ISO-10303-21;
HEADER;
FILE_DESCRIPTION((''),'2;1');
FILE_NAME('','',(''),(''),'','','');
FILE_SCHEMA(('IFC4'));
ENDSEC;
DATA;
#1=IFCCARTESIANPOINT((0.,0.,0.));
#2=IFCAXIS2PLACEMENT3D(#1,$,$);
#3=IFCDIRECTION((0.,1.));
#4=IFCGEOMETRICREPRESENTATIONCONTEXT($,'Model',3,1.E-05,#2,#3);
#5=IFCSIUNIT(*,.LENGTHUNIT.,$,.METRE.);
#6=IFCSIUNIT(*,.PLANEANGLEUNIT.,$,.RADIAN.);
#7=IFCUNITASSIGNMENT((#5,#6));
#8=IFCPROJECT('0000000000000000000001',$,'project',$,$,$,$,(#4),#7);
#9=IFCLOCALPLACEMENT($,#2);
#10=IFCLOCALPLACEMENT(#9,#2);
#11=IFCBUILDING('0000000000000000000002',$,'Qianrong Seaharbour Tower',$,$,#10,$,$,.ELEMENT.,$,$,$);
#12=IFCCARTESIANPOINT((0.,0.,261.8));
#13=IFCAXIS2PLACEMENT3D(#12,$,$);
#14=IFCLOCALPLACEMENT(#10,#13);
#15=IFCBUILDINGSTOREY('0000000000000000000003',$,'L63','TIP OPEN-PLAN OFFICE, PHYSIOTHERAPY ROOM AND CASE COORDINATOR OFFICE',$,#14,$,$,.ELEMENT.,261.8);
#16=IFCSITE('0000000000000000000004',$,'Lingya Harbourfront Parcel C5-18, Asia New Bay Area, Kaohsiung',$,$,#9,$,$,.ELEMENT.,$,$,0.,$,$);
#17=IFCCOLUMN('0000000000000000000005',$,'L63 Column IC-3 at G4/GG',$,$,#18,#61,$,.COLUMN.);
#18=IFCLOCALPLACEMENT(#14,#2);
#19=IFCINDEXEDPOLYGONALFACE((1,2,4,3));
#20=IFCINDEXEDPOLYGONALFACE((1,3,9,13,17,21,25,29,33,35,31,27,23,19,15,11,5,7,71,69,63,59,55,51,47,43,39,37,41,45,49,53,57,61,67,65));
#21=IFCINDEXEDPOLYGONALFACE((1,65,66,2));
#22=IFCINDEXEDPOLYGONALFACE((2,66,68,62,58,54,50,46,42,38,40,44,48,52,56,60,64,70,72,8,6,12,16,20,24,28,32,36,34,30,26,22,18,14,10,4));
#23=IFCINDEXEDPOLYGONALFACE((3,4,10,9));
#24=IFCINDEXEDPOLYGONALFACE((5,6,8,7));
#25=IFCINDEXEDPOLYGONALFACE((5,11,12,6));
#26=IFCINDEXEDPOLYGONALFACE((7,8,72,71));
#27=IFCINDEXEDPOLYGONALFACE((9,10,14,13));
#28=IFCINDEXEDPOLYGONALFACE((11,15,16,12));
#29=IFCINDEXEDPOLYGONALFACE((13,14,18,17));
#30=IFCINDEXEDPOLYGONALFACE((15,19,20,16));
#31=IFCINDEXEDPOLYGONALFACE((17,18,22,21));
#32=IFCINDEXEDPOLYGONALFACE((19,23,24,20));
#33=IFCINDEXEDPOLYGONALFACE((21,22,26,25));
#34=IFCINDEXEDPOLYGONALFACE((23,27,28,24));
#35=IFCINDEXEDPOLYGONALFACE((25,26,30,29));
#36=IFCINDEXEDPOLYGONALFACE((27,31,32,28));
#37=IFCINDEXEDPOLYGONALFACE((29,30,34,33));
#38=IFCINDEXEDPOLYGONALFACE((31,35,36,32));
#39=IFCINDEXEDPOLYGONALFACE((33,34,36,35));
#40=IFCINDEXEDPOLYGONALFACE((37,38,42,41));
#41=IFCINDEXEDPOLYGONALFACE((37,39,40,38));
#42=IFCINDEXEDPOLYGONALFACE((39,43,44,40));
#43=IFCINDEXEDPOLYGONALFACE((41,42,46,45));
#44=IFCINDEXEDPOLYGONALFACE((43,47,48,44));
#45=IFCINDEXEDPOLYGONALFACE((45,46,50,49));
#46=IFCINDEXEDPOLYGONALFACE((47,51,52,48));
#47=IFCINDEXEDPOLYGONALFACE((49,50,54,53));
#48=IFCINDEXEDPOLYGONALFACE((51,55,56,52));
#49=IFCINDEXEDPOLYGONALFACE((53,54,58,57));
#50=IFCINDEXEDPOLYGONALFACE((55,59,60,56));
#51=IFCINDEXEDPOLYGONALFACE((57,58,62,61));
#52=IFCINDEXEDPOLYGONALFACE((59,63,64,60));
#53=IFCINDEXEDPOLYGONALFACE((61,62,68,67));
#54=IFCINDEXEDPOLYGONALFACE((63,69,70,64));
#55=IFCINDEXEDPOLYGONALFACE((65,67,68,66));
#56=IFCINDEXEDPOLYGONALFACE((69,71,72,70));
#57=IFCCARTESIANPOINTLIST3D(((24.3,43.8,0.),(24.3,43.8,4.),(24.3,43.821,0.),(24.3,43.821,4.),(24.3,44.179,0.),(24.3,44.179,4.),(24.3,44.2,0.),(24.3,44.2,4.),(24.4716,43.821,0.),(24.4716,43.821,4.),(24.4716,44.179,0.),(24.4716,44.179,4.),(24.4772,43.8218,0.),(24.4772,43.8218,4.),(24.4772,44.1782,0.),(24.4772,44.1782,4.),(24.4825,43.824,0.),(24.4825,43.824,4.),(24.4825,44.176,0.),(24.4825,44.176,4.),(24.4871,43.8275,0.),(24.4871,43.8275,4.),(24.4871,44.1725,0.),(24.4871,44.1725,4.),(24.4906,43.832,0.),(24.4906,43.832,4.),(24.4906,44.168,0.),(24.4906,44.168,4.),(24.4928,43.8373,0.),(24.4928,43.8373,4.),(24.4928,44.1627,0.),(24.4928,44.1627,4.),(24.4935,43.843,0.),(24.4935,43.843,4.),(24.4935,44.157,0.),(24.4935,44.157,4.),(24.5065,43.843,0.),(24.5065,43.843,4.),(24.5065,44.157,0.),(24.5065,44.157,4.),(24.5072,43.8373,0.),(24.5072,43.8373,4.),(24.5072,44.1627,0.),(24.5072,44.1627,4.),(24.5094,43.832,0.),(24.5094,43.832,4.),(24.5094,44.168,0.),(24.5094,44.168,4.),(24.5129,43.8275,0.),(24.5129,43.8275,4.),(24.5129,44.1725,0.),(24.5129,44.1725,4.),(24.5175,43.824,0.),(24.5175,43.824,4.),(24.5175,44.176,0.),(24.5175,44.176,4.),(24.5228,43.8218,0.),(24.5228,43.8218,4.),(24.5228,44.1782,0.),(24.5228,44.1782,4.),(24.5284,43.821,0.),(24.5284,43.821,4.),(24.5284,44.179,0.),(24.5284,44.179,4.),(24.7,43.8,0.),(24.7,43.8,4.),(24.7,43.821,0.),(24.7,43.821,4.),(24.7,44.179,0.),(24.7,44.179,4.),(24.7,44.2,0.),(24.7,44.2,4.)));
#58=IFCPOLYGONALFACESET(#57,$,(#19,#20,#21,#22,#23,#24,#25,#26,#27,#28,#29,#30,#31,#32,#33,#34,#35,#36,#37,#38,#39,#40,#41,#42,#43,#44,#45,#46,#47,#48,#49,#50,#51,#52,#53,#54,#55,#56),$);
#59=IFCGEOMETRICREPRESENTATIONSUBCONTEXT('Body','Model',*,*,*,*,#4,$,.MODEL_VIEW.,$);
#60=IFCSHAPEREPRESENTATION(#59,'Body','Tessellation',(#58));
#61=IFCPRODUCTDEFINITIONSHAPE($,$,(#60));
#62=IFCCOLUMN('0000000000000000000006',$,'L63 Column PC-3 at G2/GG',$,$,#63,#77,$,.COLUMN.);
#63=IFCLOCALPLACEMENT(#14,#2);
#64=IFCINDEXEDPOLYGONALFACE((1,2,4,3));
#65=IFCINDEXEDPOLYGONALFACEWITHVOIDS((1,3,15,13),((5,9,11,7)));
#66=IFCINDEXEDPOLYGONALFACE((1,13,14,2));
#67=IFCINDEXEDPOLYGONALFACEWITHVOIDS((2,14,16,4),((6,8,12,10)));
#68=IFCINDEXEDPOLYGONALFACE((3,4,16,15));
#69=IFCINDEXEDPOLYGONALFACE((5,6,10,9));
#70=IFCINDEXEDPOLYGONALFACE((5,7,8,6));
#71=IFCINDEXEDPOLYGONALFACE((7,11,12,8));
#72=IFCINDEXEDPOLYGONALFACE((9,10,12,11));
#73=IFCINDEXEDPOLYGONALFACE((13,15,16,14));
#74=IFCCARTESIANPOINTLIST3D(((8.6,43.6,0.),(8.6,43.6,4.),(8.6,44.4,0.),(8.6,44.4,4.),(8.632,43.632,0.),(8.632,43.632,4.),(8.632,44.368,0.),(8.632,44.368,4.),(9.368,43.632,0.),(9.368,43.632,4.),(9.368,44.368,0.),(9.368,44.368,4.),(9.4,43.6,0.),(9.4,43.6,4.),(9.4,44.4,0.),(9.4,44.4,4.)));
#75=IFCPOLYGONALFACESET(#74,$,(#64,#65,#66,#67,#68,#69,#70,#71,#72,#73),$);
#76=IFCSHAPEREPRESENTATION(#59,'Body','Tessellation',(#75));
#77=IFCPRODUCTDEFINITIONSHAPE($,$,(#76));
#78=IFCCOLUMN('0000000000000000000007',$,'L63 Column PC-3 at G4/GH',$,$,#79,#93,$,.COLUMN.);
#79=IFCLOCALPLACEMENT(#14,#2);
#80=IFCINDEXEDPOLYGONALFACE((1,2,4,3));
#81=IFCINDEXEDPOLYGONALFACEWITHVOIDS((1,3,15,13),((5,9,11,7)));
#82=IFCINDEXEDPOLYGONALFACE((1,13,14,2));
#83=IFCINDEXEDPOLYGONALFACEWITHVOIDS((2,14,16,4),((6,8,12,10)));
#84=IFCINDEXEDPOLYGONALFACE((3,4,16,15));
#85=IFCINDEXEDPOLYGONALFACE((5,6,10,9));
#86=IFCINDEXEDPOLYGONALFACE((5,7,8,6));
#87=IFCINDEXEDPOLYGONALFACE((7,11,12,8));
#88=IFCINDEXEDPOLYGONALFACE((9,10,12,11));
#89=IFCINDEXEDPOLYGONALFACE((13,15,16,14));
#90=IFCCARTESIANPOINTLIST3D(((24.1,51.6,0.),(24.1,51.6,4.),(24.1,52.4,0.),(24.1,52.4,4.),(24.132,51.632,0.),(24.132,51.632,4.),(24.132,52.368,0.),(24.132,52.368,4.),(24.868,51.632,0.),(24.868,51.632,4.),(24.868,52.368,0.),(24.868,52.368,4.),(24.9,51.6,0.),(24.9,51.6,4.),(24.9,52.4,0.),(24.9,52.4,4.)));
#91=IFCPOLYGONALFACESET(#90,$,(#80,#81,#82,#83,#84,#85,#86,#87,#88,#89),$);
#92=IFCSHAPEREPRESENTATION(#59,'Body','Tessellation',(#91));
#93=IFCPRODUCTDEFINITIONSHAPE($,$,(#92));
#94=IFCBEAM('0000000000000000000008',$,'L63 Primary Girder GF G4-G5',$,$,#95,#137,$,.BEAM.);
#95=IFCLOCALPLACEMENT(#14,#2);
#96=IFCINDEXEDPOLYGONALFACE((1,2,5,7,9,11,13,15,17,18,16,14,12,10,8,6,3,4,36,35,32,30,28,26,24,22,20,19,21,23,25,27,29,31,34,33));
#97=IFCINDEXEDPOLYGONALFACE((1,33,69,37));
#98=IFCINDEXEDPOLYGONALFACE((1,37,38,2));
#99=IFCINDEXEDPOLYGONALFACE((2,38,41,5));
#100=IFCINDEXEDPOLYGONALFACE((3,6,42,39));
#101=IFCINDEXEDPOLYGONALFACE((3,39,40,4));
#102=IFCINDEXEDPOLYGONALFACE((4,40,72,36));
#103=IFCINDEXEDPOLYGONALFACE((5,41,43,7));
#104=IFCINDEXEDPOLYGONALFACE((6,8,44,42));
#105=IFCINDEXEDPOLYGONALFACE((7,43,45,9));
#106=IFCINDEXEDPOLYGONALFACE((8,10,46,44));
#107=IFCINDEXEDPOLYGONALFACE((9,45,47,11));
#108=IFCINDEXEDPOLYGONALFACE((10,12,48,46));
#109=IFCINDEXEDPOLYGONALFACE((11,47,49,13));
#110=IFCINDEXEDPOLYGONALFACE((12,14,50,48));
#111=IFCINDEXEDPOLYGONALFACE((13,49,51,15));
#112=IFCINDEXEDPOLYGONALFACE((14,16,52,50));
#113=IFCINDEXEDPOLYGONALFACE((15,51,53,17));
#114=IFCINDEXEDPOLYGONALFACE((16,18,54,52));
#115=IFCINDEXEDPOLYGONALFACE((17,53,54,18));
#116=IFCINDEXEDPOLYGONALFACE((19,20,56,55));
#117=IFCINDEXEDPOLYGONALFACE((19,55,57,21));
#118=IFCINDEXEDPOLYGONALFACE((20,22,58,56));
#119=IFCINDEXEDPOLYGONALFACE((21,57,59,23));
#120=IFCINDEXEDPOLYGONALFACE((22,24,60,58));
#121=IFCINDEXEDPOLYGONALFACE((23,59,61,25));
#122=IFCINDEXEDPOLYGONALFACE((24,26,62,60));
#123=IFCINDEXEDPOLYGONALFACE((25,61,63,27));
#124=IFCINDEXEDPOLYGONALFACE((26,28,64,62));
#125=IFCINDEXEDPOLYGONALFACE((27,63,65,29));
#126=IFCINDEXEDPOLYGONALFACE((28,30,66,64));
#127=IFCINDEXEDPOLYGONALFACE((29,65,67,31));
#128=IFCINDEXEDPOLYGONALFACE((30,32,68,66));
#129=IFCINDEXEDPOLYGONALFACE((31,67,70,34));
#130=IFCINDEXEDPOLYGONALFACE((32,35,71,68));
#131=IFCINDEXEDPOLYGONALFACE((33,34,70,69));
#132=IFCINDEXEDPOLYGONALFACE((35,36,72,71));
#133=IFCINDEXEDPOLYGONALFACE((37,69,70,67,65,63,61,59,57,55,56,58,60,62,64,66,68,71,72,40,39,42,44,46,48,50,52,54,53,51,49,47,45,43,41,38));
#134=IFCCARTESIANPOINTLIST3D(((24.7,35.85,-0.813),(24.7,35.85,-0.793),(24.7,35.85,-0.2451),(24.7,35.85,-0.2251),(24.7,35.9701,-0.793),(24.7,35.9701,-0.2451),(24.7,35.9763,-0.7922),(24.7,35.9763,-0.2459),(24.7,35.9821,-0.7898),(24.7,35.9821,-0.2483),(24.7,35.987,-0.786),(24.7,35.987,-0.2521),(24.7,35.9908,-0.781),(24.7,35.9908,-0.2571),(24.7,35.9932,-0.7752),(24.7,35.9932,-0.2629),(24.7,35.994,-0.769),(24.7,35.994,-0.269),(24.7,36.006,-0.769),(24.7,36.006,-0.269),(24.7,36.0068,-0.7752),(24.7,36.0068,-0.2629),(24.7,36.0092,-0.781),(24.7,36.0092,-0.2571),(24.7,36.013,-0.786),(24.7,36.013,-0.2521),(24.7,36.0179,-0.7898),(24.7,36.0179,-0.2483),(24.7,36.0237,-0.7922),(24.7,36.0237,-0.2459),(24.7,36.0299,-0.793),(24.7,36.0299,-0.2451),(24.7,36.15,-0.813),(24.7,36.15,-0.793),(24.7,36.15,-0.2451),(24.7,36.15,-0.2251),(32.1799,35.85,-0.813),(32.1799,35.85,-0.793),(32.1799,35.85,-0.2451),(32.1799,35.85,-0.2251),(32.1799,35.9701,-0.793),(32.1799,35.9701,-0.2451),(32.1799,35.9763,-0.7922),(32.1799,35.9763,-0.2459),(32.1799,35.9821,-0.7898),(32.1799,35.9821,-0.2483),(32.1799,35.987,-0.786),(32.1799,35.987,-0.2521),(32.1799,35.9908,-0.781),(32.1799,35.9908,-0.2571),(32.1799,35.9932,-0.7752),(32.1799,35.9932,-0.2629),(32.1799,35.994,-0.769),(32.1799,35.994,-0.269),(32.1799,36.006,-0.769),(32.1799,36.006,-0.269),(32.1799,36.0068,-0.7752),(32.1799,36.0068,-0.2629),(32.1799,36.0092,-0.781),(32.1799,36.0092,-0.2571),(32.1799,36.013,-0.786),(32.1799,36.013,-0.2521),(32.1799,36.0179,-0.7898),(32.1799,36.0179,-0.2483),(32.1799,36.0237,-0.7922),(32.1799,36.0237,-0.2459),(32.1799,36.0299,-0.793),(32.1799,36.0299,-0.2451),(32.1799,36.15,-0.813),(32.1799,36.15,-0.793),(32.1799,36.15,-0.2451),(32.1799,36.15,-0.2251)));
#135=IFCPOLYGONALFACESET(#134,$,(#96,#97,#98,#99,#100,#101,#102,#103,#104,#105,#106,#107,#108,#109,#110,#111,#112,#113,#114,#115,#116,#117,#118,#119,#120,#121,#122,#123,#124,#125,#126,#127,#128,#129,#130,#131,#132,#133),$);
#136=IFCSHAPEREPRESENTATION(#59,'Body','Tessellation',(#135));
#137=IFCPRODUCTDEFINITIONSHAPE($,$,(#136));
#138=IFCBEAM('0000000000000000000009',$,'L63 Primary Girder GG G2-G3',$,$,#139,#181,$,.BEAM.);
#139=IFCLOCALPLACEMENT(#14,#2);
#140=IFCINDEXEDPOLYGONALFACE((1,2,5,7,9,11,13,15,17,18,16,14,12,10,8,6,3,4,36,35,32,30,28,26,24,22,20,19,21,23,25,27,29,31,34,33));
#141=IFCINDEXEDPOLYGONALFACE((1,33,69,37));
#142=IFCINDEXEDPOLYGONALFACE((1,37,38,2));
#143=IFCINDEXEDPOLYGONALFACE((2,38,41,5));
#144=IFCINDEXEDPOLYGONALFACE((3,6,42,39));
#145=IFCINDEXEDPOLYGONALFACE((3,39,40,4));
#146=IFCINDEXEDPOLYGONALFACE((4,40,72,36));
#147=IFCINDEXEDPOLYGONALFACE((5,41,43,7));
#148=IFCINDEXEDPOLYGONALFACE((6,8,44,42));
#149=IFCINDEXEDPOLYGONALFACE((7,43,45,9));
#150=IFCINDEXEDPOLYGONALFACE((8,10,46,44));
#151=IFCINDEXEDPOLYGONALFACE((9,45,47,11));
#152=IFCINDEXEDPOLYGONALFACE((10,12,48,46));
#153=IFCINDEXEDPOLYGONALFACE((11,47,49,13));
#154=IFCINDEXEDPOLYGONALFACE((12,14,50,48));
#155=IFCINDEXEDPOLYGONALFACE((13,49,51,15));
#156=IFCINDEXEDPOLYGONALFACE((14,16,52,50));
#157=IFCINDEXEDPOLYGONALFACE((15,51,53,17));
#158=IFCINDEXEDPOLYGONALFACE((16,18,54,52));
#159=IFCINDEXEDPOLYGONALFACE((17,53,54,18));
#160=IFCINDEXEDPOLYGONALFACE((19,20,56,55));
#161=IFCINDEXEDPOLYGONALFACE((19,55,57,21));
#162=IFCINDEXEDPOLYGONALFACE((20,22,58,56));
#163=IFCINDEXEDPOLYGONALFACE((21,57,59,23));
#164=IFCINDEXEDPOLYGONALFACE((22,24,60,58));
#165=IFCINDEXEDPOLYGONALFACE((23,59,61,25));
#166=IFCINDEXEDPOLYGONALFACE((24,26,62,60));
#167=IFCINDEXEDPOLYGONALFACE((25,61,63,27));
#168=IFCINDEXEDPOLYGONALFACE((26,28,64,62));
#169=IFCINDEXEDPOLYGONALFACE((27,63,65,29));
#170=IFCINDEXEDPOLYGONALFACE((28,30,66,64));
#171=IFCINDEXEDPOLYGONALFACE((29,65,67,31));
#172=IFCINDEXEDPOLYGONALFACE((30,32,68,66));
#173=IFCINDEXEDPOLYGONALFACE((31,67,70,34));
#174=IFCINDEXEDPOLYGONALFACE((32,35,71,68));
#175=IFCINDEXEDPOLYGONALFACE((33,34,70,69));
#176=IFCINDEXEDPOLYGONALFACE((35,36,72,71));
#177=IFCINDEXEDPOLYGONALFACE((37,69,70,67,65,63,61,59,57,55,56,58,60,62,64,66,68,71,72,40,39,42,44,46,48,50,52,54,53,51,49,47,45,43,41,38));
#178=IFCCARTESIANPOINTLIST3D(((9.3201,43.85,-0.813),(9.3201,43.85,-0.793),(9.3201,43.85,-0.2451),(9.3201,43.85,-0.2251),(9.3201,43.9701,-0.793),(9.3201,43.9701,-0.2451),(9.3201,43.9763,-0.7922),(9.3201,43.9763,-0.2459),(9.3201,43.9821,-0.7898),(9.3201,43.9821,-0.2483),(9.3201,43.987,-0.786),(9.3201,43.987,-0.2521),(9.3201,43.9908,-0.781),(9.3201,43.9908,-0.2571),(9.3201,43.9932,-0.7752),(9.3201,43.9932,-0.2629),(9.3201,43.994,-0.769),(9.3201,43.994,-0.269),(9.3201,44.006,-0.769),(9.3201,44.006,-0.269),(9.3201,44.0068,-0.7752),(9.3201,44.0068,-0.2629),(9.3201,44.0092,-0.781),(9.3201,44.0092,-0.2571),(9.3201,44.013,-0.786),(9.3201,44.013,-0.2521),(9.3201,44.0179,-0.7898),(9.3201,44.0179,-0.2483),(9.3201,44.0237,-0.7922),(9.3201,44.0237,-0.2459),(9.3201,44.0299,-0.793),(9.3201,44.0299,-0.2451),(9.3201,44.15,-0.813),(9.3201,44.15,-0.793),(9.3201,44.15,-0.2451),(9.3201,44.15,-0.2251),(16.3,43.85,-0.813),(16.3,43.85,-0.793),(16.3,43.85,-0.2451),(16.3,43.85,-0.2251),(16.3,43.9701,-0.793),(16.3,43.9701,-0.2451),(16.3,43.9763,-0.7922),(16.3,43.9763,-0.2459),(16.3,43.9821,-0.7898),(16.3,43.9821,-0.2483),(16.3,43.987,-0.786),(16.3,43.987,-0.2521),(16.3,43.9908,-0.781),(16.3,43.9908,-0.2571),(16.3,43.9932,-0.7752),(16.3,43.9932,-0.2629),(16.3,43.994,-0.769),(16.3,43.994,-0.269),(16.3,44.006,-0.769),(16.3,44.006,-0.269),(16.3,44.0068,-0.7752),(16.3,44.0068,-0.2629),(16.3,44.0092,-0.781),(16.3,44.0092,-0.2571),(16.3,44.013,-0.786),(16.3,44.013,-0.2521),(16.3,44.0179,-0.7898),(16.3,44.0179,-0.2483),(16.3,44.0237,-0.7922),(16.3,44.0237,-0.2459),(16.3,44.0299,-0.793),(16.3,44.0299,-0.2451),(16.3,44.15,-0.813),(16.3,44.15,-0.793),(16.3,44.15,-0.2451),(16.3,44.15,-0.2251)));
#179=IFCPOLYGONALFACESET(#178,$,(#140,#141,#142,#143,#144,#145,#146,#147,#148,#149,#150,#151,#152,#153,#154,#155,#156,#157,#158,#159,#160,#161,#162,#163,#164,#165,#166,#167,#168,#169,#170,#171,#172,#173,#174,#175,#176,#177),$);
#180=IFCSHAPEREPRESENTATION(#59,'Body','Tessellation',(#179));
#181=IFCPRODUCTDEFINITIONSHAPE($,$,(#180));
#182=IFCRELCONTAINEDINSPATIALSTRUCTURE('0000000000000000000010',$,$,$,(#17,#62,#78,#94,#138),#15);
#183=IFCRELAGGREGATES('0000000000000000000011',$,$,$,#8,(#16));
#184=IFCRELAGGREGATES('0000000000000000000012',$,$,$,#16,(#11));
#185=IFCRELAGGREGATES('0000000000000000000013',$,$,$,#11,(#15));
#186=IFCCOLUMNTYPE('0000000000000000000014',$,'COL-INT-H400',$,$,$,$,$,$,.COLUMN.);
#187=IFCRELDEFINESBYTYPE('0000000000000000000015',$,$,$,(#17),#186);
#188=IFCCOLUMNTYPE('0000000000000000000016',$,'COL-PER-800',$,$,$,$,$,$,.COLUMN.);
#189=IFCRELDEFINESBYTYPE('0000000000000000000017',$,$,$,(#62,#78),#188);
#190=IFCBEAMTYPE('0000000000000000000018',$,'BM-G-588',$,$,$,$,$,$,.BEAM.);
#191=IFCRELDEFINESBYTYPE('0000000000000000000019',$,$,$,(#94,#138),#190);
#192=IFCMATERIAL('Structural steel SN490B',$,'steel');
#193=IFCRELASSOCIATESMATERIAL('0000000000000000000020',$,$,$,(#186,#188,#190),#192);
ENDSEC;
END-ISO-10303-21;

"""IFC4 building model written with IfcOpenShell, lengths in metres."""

from ifc_helpers import new_model, si_unit, direction, frame, origin, origin_2d, place, context, subcontext, project, spatial, hollow_rectangle, i_section, extrude, material, material_profile, profile_set, type_object, element, save


model = new_model("IFC4")

# Units and contexts
model_context = context("Model", 3, precision=1e-05, world=origin(), true_north=direction((0.0, 1.0)))
body_context = subcontext(model_context, "Body", "Model", "MODEL_VIEW")
ifc_project = project(units=[si_unit("LENGTHUNIT", "METRE"), si_unit("PLANEANGLEUNIT", "RADIAN")], contexts=[model_context])

# Site, building, storey
site_placement = place(None, origin())
site = spatial("IfcSite", under=ifc_project, at=site_placement, Name="Lingya Harbourfront Parcel C5-18, Asia New Bay Area, Kaohsiung", CompositionType="ELEMENT", RefElevation=0.0)
building_placement = place(site_placement, origin())
building = spatial("IfcBuilding", under=site, at=building_placement, Name="Qianrong Seaharbour Tower", CompositionType="ELEMENT")
storey_placement = place(building_placement, frame((0.0, 0.0, 261.8)))
storey = spatial("IfcBuildingStorey", under=building, at=storey_placement, Name="L63", Description="TIP OPEN-PLAN OFFICE, PHYSIOTHERAPY ROOM AND CASE COORDINATOR OFFICE", CompositionType="ELEMENT", Elevation=261.8)

# Columns
ifc_material_1 = material(Name="Structural steel SN490B", Category="steel")
ifc_material_profile_1 = material_profile(ifc_material_1, i_section(OverallWidth=0.3999, OverallDepth=0.3999, WebThickness=0.0129, FlangeThickness=0.021, FilletRadius=0.022, at=origin_2d()), Name="H400x400x13x21")
ifc_profile_set_1 = profile_set([ifc_material_profile_1], Name="Structural steel SN490B")
column_type_1 = type_object("IfcColumnType", Name="COL-INT-H400", PredefinedType="COLUMN", material=ifc_profile_set_1)
for number, where, z_axis, x_axis, name in (
    (1, (24.5, 44.0, 0.0), (0.0, 0.0, 1.0), (1.0, 0.0, 0.0), "L63 Column IC-3 at G4/GG"),
):
    element("IfcColumn", number, at=place(storey_placement, frame(where, z_axis=z_axis, x_axis=x_axis)), inside=storey, type_object=column_type_1, Name=name, PredefinedType="COLUMN", context=body_context, shape_type="SweptSolid", body=[
        extrude(i_section(OverallWidth=0.3999, OverallDepth=0.3999, WebThickness=0.0129, FlangeThickness=0.021, FilletRadius=0.022, at=origin_2d()), origin(), (0.0, 0.0, 1.0), 4.0),
    ])
ifc_material_profile_2 = material_profile(ifc_material_1, hollow_rectangle(XDim=0.8, YDim=0.8, WallThickness=0.032, at=origin_2d()), Name="BOX800x800x32")
ifc_profile_set_2 = profile_set([ifc_material_profile_2], Name="Structural steel SN490B")
column_type_2 = type_object("IfcColumnType", Name="COL-PER-800", PredefinedType="COLUMN", material=ifc_profile_set_2)
for number, where, z_axis, x_axis, name in (
    (2, (9.0, 44.0, 0.0), (0.0, 0.0, 1.0), (1.0, 0.0, 0.0), "L63 Column PC-3 at G2/GG"),
    (3, (24.5, 52.0, 0.0), (0.0, 0.0, 1.0), (1.0, 0.0, 0.0), "L63 Column PC-3 at G4/GH"),
):
    element("IfcColumn", number, at=place(storey_placement, frame(where, z_axis=z_axis, x_axis=x_axis)), inside=storey, type_object=column_type_2, Name=name, PredefinedType="COLUMN", context=body_context, shape_type="SweptSolid", body=[
        extrude(hollow_rectangle(XDim=0.8, YDim=0.8, WallThickness=0.032, at=origin_2d()), origin(), (0.0, 0.0, 1.0), 4.0),
    ])

# Beams
ifc_material_profile_3 = material_profile(ifc_material_1, i_section(OverallWidth=0.3, OverallDepth=0.5879, WebThickness=0.012, FlangeThickness=0.02, FilletRadius=0.0239, at=origin_2d()), Name="H588x300x12x20")
ifc_profile_set_3 = profile_set([ifc_material_profile_3], Name="Structural steel SN490B")
beam_type_1 = type_object("IfcBeamType", Name="BM-G-588", PredefinedType="BEAM", material=ifc_profile_set_3)
beam_1_placement = place(storey_placement, frame((24.7, 36.0, -0.519), z_axis=(1.0, 0.0, 0.0), x_axis=(0.0, 1.0, 0.0)))
element("IfcBeam", 4, at=beam_1_placement, inside=storey, type_object=beam_type_1, Name="L63 Primary Girder GF G4-G5", PredefinedType="BEAM", context=body_context, shape_type="SweptSolid", body=[
    extrude(i_section(OverallWidth=0.3, OverallDepth=0.5879, WebThickness=0.012, FlangeThickness=0.02, FilletRadius=0.0239, at=origin_2d()), origin(), (0.0, 0.0, 1.0), 7.48),
])
beam_2_placement = place(storey_placement, frame((9.3201, 44.0, -0.519), z_axis=(1.0, 0.0, 0.0), x_axis=(0.0, 1.0, 0.0)))
element("IfcBeam", 5, at=beam_2_placement, inside=storey, type_object=beam_type_1, Name="L63 Primary Girder GG G2-G3", PredefinedType="BEAM", context=body_context, shape_type="SweptSolid", body=[
    extrude(i_section(OverallWidth=0.3, OverallDepth=0.5879, WebThickness=0.012, FlangeThickness=0.02, FilletRadius=0.0239, at=origin_2d()), origin(), (0.0, 0.0, 1.0), 6.98),
])

save(model, "model.ifc")
